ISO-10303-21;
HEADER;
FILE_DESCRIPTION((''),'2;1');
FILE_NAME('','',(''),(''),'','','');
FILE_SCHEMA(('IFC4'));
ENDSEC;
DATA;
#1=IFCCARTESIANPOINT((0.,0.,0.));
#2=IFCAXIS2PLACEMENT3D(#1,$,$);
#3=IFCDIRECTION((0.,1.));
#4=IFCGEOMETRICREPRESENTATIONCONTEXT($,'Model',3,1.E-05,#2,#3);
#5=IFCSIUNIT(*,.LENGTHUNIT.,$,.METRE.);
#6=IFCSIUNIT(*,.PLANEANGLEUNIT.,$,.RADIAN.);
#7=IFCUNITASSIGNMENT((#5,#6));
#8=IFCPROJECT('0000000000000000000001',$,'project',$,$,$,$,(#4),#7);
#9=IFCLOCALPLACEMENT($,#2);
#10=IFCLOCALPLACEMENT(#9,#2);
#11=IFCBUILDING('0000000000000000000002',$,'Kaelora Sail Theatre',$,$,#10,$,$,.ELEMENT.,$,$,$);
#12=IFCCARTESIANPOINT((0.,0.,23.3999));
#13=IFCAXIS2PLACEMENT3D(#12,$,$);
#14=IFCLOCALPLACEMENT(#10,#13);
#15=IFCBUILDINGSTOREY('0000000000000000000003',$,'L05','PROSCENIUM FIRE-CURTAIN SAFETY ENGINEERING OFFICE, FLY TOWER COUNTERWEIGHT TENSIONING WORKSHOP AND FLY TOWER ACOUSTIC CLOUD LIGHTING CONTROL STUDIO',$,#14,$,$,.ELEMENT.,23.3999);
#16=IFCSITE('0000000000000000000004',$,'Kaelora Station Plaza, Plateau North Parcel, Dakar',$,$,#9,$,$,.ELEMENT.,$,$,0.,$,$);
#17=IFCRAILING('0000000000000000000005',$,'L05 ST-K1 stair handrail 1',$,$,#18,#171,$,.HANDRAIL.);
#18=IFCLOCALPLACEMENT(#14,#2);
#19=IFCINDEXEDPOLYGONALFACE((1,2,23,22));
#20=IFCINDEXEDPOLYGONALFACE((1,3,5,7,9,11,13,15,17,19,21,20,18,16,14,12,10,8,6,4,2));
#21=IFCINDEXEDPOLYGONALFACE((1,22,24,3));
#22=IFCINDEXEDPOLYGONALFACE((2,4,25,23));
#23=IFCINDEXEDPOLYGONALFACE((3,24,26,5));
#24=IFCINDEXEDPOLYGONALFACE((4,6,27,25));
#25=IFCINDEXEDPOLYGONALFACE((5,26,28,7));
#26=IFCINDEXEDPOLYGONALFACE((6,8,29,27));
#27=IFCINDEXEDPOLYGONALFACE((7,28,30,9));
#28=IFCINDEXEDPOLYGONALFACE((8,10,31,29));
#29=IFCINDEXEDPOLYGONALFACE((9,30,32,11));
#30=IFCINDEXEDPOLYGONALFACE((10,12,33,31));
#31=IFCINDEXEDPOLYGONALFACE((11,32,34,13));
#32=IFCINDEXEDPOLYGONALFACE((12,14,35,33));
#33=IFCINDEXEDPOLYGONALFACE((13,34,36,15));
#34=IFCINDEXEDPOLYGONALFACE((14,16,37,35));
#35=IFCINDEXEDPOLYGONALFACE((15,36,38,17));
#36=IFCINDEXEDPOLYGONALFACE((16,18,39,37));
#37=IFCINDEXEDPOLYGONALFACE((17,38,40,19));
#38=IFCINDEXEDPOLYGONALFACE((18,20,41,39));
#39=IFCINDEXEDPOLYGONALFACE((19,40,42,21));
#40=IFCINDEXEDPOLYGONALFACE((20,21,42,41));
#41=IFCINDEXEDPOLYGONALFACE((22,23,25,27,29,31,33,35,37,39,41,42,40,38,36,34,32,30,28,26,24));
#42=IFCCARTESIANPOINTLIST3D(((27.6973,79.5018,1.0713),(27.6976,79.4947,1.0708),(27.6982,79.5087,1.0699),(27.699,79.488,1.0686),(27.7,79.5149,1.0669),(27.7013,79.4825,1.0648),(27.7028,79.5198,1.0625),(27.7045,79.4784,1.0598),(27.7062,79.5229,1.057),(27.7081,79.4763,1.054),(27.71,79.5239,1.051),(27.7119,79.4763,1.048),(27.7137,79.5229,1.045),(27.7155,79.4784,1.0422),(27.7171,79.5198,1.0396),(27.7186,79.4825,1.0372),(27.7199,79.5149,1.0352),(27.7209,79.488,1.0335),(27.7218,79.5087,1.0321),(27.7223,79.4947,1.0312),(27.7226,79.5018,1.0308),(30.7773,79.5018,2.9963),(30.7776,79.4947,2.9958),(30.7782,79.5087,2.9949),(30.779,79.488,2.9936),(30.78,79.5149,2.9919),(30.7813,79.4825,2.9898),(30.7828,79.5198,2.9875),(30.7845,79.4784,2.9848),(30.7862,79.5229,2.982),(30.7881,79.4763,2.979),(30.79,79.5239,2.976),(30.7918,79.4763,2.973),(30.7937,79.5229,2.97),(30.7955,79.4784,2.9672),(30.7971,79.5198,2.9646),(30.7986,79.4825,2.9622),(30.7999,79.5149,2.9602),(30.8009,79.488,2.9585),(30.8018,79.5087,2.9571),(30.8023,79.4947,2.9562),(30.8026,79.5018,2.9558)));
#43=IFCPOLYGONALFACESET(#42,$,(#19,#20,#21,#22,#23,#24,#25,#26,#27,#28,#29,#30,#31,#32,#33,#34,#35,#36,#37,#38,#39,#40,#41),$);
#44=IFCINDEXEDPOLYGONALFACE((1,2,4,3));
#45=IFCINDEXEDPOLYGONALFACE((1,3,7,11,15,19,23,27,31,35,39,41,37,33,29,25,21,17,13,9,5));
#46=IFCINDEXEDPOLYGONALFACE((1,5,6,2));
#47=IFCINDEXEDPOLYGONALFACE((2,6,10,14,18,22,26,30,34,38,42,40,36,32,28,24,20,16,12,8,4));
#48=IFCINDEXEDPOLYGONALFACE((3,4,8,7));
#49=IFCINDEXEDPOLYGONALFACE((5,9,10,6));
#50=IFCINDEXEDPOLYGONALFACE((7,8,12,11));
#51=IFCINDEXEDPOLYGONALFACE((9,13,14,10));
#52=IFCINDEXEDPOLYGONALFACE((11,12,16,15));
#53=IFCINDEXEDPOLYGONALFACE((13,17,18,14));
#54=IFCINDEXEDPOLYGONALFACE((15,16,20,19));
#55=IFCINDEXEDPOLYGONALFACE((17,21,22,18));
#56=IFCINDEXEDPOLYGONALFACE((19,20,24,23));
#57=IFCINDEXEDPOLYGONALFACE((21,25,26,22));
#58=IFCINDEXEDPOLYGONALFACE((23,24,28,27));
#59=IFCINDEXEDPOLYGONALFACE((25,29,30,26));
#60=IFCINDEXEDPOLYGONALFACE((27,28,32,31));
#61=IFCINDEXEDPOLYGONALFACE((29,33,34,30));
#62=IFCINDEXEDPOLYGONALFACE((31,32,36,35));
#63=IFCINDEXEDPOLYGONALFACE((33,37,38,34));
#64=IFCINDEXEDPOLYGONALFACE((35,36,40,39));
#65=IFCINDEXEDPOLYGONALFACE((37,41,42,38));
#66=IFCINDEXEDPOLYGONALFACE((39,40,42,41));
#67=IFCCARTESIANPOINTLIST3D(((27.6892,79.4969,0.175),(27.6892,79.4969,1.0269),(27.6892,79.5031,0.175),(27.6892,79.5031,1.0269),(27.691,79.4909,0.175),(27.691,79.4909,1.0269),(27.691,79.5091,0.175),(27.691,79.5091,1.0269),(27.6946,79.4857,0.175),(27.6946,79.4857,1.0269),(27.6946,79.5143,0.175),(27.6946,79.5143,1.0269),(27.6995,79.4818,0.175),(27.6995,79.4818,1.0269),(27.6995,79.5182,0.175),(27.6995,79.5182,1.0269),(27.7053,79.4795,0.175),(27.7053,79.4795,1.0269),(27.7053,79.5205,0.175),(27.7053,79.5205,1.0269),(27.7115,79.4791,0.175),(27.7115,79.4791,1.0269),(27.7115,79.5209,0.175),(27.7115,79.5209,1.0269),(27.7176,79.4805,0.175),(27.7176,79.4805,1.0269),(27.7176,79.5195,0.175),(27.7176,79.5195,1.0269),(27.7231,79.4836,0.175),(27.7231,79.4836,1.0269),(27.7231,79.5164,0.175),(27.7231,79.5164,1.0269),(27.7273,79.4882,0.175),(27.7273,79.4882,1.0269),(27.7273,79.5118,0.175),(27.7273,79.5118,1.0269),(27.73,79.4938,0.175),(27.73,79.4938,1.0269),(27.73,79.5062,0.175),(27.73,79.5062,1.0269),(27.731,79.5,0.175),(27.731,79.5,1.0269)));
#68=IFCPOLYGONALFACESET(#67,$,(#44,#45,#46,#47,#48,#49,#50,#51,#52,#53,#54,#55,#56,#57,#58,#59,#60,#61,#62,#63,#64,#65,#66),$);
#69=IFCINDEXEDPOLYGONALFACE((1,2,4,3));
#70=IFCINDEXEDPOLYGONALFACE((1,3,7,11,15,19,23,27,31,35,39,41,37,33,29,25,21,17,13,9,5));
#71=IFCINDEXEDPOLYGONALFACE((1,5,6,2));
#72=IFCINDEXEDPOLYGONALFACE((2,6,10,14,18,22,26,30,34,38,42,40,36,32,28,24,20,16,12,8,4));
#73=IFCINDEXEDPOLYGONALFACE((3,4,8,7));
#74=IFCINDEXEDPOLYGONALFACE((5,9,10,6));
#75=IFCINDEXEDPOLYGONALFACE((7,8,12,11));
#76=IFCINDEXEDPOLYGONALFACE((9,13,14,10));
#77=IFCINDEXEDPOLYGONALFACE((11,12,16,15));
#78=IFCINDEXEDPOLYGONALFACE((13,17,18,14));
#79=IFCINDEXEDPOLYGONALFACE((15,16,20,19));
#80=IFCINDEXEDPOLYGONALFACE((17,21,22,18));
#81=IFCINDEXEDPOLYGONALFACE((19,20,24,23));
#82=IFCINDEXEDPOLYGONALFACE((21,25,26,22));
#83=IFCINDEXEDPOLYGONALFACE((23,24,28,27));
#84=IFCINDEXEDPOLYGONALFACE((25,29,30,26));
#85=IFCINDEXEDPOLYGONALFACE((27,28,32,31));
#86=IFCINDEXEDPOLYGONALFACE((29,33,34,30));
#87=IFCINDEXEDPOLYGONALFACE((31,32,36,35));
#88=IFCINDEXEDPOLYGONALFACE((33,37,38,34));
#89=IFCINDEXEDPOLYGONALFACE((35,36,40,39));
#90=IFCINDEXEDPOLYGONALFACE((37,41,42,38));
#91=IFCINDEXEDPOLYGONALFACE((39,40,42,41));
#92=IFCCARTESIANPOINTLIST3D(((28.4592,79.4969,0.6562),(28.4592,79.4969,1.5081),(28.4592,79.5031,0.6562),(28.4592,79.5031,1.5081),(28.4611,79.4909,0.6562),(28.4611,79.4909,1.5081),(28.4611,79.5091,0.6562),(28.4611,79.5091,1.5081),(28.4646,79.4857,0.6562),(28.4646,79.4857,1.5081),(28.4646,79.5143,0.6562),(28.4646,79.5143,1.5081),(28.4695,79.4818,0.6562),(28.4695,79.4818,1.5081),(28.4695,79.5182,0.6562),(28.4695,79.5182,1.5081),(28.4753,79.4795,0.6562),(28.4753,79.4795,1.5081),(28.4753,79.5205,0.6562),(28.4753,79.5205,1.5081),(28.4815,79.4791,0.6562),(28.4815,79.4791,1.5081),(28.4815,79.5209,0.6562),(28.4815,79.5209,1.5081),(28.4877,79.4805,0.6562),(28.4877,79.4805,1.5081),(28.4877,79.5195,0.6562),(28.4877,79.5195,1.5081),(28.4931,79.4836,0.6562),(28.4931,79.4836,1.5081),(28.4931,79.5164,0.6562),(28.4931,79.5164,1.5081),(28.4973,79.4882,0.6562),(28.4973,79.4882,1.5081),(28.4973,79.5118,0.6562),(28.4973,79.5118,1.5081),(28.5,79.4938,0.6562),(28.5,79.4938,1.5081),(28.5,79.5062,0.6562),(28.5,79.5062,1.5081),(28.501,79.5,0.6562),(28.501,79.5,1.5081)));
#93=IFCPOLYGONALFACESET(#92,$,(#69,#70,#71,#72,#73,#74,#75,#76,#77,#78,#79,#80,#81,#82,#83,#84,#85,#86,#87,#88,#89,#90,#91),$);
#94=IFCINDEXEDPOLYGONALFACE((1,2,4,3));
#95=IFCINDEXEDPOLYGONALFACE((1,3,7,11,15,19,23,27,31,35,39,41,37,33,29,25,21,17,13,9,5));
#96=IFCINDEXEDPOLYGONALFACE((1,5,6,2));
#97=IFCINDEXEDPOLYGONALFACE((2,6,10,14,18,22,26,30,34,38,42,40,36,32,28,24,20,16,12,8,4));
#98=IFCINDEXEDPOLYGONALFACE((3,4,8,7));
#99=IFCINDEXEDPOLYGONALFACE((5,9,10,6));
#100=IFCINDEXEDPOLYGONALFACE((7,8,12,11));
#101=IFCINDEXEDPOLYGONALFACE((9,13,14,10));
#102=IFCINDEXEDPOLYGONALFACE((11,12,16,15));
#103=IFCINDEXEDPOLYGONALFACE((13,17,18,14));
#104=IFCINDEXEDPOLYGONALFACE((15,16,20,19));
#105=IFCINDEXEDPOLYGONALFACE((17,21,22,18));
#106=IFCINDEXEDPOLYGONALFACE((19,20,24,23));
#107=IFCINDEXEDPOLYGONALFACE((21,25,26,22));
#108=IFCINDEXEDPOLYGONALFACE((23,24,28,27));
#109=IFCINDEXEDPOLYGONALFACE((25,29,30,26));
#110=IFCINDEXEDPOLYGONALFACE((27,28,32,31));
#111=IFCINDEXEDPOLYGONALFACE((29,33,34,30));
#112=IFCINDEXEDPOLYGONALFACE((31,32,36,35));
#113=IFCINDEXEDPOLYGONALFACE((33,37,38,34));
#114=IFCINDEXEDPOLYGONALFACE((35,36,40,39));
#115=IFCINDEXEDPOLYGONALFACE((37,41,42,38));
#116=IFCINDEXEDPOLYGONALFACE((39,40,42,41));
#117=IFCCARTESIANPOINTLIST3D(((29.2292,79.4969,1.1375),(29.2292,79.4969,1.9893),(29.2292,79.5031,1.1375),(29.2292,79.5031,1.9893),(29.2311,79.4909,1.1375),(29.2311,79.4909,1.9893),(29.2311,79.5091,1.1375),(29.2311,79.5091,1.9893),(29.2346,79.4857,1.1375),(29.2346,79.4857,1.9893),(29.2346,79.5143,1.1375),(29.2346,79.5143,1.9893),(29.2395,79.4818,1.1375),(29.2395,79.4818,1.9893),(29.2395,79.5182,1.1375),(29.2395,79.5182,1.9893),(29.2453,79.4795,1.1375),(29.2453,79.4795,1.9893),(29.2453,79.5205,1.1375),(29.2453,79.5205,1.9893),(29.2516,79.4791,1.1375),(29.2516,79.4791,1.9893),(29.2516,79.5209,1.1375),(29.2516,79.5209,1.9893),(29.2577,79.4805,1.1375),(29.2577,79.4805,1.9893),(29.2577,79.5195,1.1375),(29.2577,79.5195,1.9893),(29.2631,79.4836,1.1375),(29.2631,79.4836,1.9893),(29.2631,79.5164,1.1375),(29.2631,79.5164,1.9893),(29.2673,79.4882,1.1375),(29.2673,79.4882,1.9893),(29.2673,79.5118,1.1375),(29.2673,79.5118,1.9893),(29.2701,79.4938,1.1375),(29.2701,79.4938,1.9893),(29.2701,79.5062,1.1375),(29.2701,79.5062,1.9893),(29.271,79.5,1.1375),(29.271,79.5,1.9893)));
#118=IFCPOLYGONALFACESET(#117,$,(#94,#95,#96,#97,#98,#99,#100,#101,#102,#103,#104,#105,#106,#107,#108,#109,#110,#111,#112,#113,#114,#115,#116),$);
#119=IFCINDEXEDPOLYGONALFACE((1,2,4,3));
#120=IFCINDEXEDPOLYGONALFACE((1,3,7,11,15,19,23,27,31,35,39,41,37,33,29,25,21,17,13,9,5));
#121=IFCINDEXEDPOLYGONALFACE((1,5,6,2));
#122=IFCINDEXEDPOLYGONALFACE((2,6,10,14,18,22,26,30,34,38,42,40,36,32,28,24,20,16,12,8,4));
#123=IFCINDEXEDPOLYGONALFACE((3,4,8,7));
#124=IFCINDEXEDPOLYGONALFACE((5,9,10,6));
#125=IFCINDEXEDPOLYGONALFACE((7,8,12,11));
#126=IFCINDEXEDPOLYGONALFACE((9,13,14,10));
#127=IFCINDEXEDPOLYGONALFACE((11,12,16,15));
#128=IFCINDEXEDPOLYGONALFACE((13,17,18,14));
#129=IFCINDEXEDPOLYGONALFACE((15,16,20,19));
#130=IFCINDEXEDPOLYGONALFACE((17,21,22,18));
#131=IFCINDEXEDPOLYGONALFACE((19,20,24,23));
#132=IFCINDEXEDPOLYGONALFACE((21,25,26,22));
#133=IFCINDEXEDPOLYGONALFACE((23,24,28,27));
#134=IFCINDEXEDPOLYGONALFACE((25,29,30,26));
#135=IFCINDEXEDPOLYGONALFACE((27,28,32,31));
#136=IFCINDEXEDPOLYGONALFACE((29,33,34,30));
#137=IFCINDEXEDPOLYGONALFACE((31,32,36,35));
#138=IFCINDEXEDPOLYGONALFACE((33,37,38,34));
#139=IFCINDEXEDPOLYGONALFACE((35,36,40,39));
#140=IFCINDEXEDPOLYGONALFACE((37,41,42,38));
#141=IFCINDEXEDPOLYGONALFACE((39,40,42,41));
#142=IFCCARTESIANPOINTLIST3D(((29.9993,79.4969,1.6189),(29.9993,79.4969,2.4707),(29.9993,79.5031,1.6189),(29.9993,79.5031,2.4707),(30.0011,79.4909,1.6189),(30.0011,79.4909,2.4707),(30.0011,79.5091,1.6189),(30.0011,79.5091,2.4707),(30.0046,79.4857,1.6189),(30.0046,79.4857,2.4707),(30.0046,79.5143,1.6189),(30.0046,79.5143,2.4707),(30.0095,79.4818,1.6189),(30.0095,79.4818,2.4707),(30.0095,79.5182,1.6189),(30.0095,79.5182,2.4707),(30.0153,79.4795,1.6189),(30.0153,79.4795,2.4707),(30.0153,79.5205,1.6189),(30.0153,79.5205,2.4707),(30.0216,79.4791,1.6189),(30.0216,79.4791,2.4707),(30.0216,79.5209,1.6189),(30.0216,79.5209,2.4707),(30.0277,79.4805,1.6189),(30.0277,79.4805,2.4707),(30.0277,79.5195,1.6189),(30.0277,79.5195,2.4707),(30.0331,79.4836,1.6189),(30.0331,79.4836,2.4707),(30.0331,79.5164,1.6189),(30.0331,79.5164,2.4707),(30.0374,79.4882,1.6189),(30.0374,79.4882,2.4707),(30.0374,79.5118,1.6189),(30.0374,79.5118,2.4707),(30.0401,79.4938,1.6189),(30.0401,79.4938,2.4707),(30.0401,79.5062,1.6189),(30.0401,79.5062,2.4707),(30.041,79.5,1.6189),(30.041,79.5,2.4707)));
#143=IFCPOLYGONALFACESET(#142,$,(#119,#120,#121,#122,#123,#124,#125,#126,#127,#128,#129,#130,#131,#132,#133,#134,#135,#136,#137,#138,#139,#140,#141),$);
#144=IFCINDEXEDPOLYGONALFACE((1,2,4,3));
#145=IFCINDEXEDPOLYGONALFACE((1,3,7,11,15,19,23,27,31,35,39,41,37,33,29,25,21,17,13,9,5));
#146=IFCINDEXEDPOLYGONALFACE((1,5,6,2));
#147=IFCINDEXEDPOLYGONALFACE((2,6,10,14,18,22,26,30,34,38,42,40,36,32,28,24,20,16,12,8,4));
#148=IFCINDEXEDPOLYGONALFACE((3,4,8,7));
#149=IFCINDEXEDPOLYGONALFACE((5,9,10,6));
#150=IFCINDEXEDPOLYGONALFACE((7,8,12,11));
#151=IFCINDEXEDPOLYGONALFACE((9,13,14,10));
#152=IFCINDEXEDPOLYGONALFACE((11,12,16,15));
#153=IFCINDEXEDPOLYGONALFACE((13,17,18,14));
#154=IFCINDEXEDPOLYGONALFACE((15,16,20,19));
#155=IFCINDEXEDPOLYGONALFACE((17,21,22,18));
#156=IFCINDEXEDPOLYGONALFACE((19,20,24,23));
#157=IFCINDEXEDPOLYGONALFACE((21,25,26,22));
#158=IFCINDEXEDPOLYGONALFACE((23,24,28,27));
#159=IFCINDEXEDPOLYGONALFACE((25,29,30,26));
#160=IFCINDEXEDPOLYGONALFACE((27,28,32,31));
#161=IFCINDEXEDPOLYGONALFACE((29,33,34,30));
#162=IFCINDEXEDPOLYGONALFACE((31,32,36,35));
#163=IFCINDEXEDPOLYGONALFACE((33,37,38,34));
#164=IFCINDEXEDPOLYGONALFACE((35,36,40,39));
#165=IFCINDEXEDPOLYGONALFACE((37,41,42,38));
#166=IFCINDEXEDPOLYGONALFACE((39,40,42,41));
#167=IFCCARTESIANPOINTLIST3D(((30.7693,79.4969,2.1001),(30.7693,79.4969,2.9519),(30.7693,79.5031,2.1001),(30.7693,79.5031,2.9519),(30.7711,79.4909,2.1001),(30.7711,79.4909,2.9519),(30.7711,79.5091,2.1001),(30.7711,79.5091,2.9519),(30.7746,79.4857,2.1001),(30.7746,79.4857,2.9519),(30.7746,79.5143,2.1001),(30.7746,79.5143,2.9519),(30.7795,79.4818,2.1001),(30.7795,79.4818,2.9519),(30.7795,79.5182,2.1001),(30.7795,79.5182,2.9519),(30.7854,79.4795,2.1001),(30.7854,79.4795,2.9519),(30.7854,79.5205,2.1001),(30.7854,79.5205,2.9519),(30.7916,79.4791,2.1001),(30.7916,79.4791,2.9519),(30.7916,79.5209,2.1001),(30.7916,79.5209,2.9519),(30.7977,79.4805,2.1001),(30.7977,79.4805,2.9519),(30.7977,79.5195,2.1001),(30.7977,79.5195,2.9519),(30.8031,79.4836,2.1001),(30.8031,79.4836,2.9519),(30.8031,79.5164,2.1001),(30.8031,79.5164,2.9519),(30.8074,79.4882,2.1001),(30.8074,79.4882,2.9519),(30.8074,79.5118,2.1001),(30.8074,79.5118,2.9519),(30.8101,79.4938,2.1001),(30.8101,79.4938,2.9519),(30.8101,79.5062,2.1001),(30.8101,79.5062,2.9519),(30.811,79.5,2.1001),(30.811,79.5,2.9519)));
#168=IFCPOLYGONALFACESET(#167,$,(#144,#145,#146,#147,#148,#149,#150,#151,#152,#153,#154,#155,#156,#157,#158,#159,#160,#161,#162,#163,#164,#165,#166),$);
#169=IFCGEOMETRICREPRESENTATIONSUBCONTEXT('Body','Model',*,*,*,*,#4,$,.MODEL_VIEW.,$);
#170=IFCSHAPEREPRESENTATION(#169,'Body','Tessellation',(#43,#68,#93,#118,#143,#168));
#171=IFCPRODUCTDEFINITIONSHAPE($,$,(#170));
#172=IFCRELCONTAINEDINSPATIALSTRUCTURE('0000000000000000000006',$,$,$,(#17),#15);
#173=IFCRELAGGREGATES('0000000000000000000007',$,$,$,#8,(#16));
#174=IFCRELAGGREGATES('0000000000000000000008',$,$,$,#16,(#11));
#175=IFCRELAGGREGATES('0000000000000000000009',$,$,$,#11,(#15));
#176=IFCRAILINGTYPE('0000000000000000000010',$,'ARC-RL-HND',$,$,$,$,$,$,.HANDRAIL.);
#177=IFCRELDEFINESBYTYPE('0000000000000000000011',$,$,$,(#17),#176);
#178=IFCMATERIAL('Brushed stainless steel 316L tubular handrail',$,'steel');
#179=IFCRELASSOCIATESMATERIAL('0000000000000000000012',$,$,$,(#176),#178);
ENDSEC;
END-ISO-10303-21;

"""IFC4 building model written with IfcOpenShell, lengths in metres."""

from ifc_helpers import new_model, si_unit, direction, frame, origin, origin_2d, place, context, subcontext, project, spatial, circle, extrude, material, type_object, element, save


model = new_model("IFC4")

# Units and contexts
model_context = context("Model", 3, precision=1e-05, world=origin(), true_north=direction((0.0, 1.0)))
body_context = subcontext(model_context, "Body", "Model", "MODEL_VIEW")
ifc_project = project(units=[si_unit("LENGTHUNIT", "METRE"), si_unit("PLANEANGLEUNIT", "RADIAN")], contexts=[model_context])

# Site, building, storey
site_placement = place(None, origin())
site = spatial("IfcSite", under=ifc_project, at=site_placement, Name="Kaelora Station Plaza, Plateau North Parcel, Dakar", CompositionType="ELEMENT", RefElevation=0.0)
building_placement = place(site_placement, origin())
building = spatial("IfcBuilding", under=site, at=building_placement, Name="Kaelora Sail Theatre", CompositionType="ELEMENT")
storey_placement = place(building_placement, frame((0.0, 0.0, 23.3999)))
storey = spatial("IfcBuildingStorey", under=building, at=storey_placement, Name="L05", Description="PROSCENIUM FIRE-CURTAIN SAFETY ENGINEERING OFFICE, FLY TOWER COUNTERWEIGHT TENSIONING WORKSHOP AND FLY TOWER ACOUSTIC CLOUD LIGHTING CONTROL STUDIO", CompositionType="ELEMENT", Elevation=23.3999)

# Railing
ifc_material_1 = material(Name="Brushed stainless steel 316L tubular handrail", Category="steel")
railing_type_1 = type_object("IfcRailingType", Name="ARC-RL-HND", PredefinedType="HANDRAIL", material=ifc_material_1)
railing_1_placement = place(storey_placement, frame((27.71, 79.5, 0.175)))
element("IfcRailing", 1, at=railing_1_placement, inside=storey, type_object=railing_type_1, Name="L05 ST-K1 stair handrail 1", PredefinedType="HANDRAIL", context=body_context, shape_type="SweptSolid", body=[
    extrude(circle(Radius=0.0239, at=origin_2d()), frame((0.0, 0.0, 0.876), z_axis=(0.847998, 0.0, 0.529999), x_axis=(0.0, 1.0, 0.0)), (0.0, 0.0, 1.0), 3.6321),
    extrude(circle(Radius=0.021, at=origin_2d()), origin(), (0.0, 0.0, 1.0), 0.8518),
    extrude(circle(Radius=0.021, at=origin_2d()), frame((0.77, 0.0, 0.4812)), (0.0, 0.0, 1.0), 0.8518),
    extrude(circle(Radius=0.021, at=origin_2d()), frame((1.54, 0.0, 0.9624)), (0.0, 0.0, 1.0), 0.8518),
    extrude(circle(Radius=0.021, at=origin_2d()), frame((2.3101, 0.0, 1.4438)), (0.0, 0.0, 1.0), 0.8518),
    extrude(circle(Radius=0.021, at=origin_2d()), frame((3.0801, 0.0, 1.925)), (0.0, 0.0, 1.0), 0.8518),
])

save(model, "model.ifc")
